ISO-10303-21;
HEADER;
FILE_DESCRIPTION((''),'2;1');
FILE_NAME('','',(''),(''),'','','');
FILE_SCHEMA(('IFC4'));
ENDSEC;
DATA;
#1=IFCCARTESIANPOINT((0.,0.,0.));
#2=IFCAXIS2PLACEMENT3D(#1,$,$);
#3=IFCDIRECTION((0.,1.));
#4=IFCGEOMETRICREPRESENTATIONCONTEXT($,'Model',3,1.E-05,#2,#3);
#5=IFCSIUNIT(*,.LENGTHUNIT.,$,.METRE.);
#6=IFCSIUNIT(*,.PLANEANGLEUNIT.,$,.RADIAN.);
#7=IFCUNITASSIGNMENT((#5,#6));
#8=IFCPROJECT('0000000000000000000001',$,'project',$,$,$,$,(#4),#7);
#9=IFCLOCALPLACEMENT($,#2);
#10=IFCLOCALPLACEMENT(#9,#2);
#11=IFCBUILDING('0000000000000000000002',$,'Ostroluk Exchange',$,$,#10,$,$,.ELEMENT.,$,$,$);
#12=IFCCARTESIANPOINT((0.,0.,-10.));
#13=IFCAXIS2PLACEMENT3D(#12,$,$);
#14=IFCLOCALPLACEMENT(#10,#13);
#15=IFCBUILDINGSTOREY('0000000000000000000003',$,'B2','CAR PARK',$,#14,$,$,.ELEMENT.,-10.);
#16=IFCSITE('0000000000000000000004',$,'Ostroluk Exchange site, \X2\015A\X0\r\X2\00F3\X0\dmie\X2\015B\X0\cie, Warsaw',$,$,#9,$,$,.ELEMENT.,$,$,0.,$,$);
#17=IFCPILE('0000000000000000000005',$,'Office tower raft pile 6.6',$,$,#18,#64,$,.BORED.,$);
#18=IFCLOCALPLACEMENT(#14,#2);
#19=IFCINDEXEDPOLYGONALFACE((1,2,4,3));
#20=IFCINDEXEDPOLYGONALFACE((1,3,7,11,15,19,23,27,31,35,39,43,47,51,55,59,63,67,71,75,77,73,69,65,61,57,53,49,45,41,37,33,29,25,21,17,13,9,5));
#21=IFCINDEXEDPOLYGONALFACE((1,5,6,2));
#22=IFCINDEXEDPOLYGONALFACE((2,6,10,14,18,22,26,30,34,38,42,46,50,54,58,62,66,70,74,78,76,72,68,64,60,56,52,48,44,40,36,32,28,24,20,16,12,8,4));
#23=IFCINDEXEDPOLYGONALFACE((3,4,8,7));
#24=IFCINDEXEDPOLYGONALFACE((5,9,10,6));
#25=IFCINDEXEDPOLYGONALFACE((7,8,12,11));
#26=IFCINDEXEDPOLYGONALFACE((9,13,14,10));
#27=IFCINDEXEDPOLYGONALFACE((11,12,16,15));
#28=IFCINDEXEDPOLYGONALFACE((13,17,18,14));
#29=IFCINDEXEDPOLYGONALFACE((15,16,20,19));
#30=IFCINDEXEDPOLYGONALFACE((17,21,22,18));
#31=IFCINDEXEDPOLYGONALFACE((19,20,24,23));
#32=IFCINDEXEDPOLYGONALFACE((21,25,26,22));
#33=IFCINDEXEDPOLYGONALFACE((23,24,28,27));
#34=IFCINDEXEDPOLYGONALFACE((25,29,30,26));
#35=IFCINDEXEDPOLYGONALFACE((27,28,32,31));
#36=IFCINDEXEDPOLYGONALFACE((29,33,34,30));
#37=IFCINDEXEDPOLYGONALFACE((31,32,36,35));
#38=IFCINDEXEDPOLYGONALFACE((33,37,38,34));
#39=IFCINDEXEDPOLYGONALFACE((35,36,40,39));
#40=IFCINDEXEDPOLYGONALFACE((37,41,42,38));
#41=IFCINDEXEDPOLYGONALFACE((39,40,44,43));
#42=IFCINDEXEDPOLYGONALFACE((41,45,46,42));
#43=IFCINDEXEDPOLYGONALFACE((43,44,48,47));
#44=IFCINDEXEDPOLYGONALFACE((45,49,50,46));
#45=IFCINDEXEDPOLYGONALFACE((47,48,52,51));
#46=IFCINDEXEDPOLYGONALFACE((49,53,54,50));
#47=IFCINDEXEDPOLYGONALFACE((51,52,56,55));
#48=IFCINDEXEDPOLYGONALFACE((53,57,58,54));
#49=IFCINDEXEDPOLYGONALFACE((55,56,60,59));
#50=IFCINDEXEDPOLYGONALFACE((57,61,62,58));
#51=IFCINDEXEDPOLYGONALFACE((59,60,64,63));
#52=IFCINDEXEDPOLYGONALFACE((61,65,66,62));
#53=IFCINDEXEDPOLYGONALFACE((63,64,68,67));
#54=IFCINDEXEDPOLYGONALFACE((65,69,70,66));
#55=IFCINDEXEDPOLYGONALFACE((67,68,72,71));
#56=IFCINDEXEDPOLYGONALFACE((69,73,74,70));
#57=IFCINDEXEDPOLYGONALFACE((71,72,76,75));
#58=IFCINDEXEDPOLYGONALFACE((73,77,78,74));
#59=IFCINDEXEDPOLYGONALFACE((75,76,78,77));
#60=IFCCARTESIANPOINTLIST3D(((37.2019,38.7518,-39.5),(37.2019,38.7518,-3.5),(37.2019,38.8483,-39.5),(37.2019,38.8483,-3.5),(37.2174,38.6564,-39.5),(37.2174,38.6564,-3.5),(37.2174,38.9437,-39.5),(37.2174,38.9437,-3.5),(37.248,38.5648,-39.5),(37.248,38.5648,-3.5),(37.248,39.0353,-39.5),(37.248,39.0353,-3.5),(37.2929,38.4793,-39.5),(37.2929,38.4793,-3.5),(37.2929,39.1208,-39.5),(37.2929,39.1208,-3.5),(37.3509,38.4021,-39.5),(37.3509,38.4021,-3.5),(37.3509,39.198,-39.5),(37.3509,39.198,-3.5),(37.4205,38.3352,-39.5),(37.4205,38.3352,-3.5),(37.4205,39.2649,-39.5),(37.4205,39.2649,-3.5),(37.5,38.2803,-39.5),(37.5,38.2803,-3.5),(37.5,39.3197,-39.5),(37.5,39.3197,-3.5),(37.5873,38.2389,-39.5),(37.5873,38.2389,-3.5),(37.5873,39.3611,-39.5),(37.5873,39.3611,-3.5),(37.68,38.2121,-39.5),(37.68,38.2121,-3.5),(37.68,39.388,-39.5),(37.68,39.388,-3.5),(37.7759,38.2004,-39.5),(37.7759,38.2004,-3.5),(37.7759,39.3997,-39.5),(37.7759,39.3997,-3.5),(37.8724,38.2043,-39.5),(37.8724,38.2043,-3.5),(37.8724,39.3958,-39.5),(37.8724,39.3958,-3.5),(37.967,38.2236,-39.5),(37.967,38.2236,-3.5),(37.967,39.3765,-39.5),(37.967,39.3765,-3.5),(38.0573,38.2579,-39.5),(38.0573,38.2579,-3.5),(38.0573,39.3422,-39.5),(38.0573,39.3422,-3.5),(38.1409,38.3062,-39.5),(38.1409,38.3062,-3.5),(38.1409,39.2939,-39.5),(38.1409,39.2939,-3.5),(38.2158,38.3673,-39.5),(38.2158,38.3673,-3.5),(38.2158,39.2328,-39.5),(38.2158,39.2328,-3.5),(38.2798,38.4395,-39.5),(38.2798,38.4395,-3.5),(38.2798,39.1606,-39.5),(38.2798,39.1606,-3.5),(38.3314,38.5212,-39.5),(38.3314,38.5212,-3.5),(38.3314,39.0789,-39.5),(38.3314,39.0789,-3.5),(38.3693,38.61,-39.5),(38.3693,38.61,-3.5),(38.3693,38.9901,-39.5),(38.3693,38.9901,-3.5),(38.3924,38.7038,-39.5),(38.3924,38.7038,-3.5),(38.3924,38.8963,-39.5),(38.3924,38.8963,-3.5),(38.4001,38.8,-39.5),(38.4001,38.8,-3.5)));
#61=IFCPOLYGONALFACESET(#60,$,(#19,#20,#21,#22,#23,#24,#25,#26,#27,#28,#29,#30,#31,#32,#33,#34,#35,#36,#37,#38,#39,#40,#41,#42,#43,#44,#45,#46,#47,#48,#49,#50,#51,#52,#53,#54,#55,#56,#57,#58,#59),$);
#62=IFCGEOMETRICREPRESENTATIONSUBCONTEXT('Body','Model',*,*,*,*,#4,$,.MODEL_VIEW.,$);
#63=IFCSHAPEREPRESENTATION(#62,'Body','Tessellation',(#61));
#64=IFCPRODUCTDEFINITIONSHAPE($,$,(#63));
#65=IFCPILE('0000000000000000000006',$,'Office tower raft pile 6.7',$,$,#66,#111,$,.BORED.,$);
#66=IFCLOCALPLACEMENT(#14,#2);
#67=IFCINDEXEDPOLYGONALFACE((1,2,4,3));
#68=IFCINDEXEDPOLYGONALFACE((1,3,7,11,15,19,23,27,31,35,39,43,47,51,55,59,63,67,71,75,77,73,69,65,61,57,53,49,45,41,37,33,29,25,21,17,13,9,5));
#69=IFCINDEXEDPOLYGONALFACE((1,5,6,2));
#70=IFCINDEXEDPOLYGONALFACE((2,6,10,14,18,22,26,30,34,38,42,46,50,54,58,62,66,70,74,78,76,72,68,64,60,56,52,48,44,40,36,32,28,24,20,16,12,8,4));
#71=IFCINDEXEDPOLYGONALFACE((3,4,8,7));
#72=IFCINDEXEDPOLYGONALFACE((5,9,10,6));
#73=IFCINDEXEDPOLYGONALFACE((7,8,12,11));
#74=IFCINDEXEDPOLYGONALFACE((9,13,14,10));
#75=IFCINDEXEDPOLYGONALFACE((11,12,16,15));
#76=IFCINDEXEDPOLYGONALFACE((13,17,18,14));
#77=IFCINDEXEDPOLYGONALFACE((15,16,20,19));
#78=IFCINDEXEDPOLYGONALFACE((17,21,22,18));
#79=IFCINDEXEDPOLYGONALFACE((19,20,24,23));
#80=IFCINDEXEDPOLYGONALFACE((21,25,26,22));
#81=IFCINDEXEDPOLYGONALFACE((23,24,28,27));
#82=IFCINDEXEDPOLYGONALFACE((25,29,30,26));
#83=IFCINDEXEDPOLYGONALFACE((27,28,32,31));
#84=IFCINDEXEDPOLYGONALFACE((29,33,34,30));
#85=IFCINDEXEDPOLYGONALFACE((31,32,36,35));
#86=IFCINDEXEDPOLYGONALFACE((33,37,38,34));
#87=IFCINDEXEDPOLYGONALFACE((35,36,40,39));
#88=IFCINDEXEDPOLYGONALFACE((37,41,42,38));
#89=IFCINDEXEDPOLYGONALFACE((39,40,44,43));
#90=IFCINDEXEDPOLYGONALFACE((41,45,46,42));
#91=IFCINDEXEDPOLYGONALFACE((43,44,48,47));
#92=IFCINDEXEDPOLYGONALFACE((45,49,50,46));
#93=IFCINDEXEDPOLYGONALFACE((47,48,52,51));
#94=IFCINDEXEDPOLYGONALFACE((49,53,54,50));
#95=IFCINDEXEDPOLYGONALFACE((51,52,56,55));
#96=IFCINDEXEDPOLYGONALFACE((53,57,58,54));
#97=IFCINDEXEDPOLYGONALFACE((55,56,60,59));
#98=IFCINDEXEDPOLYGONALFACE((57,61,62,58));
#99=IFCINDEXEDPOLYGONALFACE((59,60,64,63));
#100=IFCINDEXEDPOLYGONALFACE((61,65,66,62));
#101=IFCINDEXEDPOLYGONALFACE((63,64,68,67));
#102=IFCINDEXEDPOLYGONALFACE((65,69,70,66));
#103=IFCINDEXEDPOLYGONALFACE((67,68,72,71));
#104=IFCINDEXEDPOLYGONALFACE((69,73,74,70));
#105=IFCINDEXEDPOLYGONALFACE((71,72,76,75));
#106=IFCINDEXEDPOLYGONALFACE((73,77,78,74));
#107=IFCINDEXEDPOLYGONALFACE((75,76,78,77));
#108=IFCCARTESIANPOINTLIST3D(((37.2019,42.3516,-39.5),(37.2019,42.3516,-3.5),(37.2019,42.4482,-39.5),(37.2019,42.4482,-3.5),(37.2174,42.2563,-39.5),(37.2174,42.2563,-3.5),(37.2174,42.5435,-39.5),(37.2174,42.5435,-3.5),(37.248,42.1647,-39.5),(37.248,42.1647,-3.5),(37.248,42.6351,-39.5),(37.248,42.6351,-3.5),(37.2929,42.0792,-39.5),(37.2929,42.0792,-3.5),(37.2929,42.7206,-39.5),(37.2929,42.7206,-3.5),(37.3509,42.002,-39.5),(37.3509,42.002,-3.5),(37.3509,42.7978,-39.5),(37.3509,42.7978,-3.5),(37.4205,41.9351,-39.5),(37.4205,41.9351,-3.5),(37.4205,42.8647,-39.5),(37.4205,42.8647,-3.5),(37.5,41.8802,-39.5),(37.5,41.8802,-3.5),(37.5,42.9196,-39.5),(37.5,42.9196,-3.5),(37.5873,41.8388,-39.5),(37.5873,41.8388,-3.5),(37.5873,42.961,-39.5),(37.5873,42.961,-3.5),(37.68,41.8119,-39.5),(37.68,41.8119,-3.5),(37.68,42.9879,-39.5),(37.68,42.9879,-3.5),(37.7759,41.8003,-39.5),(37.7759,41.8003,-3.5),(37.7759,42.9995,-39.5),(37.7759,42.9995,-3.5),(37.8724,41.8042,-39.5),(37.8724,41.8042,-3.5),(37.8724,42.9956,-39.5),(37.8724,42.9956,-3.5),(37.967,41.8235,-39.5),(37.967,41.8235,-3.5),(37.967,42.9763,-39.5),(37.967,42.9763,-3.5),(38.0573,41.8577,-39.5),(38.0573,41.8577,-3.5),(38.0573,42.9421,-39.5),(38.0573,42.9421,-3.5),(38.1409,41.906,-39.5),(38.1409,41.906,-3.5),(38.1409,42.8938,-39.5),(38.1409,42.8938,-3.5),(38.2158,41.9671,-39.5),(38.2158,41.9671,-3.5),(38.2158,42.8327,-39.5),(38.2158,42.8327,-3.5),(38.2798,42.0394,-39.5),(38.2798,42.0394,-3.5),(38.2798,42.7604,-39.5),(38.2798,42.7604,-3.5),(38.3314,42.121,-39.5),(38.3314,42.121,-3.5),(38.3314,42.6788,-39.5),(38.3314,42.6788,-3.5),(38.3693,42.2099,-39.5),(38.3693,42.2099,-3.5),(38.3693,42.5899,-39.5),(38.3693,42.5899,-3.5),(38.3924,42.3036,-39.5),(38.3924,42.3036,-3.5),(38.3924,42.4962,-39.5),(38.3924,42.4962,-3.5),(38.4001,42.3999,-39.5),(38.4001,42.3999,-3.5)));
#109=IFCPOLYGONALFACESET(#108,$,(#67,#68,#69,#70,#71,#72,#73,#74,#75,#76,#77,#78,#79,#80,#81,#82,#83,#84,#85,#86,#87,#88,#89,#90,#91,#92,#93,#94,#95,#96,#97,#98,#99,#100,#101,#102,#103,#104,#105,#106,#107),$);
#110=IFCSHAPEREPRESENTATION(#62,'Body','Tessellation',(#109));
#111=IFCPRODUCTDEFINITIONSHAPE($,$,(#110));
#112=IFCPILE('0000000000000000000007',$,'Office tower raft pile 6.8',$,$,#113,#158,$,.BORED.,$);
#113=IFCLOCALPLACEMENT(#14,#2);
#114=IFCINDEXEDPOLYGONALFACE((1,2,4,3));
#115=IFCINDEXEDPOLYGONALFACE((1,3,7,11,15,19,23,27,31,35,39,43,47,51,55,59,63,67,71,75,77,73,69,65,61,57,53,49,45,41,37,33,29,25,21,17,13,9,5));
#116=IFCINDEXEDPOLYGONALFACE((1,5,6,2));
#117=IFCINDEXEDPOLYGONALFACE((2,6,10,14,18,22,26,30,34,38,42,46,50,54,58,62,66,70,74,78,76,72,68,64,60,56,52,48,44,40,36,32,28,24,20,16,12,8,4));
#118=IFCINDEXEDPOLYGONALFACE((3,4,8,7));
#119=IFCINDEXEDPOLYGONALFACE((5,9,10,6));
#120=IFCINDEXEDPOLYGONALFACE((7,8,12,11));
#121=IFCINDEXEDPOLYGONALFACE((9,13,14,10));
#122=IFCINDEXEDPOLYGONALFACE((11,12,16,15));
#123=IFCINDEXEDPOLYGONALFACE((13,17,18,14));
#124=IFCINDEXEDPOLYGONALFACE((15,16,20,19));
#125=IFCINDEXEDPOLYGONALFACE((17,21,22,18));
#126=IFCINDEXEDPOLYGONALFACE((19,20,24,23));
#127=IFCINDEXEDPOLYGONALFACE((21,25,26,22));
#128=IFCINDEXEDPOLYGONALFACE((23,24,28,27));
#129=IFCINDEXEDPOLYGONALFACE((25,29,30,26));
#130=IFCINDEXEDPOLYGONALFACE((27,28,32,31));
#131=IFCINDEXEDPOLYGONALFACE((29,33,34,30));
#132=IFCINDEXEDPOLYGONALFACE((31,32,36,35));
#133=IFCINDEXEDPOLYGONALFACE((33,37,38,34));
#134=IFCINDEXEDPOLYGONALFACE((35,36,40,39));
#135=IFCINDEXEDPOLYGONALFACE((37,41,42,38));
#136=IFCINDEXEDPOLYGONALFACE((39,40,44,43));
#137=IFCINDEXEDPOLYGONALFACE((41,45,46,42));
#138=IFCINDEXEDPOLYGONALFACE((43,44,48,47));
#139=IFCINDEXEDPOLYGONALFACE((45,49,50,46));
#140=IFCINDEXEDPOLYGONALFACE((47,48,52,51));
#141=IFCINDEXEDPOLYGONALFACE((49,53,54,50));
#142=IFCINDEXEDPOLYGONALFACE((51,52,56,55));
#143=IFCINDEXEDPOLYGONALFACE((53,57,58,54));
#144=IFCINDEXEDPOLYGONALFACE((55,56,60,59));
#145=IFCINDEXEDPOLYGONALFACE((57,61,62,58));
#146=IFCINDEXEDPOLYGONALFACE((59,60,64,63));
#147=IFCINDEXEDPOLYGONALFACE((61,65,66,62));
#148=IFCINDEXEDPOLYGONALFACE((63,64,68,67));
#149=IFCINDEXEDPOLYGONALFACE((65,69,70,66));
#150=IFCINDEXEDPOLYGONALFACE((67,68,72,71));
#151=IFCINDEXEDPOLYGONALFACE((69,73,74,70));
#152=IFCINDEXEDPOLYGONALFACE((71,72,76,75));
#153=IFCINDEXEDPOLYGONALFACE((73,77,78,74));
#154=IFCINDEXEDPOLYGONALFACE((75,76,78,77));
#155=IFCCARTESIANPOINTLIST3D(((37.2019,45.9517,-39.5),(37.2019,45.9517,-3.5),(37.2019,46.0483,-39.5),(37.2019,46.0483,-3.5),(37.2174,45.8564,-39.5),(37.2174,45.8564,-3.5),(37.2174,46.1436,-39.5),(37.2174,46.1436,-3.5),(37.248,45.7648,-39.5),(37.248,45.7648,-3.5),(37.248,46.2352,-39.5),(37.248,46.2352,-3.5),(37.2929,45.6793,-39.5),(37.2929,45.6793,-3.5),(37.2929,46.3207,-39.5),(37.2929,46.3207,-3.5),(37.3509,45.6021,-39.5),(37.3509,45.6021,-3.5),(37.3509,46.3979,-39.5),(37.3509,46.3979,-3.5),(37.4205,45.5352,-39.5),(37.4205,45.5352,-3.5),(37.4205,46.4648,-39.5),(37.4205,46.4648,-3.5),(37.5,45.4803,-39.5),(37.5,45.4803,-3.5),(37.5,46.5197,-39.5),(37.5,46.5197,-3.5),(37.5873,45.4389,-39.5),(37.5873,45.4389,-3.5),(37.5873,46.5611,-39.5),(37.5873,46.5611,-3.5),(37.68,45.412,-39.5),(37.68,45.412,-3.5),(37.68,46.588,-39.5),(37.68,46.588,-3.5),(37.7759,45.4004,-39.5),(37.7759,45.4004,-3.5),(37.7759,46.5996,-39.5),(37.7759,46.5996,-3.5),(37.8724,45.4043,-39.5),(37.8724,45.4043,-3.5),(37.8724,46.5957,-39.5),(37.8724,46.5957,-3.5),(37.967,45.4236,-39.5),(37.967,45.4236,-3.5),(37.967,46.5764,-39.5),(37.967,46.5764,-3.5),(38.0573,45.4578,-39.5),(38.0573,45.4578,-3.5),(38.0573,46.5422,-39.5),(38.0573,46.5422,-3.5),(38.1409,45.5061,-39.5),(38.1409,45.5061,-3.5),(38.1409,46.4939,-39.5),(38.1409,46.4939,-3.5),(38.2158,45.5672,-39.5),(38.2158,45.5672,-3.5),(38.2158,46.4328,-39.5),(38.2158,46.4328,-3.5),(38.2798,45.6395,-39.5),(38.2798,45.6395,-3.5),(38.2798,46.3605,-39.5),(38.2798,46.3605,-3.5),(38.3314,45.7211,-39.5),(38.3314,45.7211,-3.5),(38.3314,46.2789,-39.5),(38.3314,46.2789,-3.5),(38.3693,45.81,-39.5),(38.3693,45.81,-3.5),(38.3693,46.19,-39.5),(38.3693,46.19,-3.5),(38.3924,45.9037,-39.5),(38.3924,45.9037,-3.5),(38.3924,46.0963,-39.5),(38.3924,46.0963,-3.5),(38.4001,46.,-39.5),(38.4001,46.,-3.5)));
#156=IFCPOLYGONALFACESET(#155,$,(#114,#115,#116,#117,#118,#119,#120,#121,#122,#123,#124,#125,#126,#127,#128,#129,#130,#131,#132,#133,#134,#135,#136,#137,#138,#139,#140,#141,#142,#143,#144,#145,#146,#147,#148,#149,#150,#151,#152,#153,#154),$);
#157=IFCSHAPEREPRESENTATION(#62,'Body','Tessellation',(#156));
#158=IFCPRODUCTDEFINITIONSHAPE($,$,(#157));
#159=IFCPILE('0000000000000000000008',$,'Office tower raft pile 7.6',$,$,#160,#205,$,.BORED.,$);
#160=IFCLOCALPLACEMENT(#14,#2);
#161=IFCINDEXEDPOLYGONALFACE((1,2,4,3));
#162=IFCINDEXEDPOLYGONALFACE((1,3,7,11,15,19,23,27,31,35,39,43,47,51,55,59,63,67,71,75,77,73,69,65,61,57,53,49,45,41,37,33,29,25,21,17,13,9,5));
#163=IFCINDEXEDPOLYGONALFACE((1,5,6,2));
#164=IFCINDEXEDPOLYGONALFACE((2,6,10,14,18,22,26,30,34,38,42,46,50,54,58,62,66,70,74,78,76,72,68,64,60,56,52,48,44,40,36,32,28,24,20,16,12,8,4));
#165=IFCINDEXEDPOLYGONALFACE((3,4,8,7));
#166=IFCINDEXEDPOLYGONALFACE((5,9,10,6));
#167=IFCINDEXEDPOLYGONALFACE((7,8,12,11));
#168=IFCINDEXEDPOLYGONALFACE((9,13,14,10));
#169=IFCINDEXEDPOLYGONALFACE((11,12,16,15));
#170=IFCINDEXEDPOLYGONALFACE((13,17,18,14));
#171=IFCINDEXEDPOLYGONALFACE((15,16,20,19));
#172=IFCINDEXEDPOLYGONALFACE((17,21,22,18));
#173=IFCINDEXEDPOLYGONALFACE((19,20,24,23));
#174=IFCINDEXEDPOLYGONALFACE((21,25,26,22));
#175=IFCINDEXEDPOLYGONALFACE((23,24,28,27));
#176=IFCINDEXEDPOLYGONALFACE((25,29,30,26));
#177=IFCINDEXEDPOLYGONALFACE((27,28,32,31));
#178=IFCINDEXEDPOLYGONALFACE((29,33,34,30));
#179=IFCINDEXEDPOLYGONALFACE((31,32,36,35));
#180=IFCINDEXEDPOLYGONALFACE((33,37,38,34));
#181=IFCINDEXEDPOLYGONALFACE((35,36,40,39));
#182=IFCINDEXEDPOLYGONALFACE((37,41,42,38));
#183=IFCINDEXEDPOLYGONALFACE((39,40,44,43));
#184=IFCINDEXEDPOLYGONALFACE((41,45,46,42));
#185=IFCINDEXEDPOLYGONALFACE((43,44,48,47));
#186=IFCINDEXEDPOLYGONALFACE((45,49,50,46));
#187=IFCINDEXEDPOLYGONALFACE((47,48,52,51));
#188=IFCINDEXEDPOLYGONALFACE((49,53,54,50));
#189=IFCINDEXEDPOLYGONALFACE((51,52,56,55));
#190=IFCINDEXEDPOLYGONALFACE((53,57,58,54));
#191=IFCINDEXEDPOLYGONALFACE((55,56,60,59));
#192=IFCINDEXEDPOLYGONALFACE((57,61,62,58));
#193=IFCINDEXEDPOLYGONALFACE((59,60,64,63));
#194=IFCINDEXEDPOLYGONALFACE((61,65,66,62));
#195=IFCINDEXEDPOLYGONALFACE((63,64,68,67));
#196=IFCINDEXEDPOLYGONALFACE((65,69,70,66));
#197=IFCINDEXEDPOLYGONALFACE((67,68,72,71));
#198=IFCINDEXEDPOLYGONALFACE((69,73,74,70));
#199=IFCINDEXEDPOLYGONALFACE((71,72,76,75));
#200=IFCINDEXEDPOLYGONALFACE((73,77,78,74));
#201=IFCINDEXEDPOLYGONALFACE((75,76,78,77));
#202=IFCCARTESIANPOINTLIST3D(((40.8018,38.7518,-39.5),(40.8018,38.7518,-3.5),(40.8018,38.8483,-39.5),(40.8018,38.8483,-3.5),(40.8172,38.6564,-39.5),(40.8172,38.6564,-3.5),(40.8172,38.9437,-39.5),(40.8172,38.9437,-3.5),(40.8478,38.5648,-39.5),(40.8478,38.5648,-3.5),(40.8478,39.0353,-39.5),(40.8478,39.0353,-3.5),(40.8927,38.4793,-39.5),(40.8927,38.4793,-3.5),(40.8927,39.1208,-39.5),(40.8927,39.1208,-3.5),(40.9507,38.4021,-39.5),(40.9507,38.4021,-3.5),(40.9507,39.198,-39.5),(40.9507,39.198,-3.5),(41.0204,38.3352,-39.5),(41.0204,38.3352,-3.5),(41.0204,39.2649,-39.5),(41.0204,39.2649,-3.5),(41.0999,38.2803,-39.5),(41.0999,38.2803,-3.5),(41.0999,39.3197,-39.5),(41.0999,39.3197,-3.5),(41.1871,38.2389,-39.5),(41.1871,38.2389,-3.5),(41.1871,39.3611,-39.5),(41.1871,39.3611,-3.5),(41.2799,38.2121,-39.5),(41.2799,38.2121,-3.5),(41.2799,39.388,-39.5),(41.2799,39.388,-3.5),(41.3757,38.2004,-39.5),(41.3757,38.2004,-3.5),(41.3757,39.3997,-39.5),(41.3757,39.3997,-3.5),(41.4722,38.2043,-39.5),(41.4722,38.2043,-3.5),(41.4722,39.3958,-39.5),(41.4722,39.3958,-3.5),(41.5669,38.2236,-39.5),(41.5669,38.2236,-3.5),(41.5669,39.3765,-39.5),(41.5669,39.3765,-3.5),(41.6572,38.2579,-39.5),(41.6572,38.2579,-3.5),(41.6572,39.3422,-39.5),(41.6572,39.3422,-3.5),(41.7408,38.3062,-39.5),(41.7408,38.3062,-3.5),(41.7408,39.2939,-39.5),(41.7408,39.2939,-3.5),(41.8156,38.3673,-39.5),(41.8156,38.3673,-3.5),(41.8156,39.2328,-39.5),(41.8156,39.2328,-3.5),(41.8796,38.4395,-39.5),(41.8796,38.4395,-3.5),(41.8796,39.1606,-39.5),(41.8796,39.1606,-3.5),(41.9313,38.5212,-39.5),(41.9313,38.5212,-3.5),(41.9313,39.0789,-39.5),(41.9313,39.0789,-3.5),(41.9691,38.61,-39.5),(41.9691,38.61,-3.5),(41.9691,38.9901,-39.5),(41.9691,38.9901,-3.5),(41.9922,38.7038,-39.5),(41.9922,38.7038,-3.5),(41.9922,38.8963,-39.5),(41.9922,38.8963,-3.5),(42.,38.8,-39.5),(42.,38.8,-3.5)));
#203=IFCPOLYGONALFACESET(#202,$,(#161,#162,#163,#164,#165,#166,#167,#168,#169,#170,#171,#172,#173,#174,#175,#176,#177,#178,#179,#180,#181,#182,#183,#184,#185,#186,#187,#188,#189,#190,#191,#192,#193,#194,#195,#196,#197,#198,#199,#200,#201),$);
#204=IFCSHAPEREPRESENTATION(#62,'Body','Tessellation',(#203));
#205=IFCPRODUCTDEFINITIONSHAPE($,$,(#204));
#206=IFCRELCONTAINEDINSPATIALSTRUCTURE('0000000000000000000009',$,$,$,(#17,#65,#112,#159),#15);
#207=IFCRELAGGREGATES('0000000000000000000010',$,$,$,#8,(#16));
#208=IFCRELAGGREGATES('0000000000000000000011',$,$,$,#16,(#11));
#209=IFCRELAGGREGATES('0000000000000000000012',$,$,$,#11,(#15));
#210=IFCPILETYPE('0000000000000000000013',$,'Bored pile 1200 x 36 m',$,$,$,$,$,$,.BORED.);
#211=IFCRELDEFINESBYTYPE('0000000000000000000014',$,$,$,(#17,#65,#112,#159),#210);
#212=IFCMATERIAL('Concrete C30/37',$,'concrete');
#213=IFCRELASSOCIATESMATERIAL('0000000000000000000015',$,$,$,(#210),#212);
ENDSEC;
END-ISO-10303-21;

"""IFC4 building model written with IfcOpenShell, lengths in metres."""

from ifc_helpers import new_model, si_unit, direction, frame, origin, origin_2d, place, context, subcontext, project, spatial, circle, extrude, material, type_object, element, save


model = new_model("IFC4")

# Units and contexts
model_context = context("Model", 3, precision=1e-05, world=origin(), true_north=direction((0.0, 1.0)))
body_context = subcontext(model_context, "Body", "Model", "MODEL_VIEW")
ifc_project = project(units=[si_unit("LENGTHUNIT", "METRE"), si_unit("PLANEANGLEUNIT", "RADIAN")], contexts=[model_context])

# Site, building, storey
site_placement = place(None, origin())
site = spatial("IfcSite", under=ifc_project, at=site_placement, Name="Ostroluk Exchange site, Śródmieście, Warsaw", CompositionType="ELEMENT", RefElevation=0.0)
building_placement = place(site_placement, origin())
building = spatial("IfcBuilding", under=site, at=building_placement, Name="Ostroluk Exchange", CompositionType="ELEMENT")
storey_placement = place(building_placement, frame((0.0, 0.0, -10.0)))
storey = spatial("IfcBuildingStorey", under=building, at=storey_placement, Name="B2", Description="CAR PARK", CompositionType="ELEMENT", Elevation=-10.0)

# Piles
ifc_material_1 = material(Name="Concrete C30/37", Category="concrete")
pile_type = type_object("IfcPileType", Name="Bored pile 1200 x 36 m", PredefinedType="BORED", material=ifc_material_1)
for number, where, z_axis, x_axis, name in (
    (1, (37.8, 38.8, -3.5), (0.0, 0.0, -1.0), (1.0, 0.0, 0.0), "Office tower raft pile 6.6"),
    (2, (37.8, 42.3999, -3.5), (0.0, 0.0, -1.0), (1.0, 0.0, 0.0), "Office tower raft pile 6.7"),
    (3, (37.8, 46.0, -3.5), (0.0, 0.0, -1.0), (1.0, 0.0, 0.0), "Office tower raft pile 6.8"),
    (4, (41.3999, 38.8, -3.5), (0.0, 0.0, -1.0), (1.0, 0.0, 0.0), "Office tower raft pile 7.6"),
):
    element("IfcPile", number, at=place(storey_placement, frame(where, z_axis=z_axis, x_axis=x_axis)), inside=storey, type_object=pile_type, Name=name, PredefinedType="BORED", context=body_context, shape_type="SweptSolid", body=[
        extrude(circle(Radius=0.6001, at=origin_2d()), origin(), (0.0, 0.0, 1.0), 36.0),
    ])

save(model, "model.ifc")
